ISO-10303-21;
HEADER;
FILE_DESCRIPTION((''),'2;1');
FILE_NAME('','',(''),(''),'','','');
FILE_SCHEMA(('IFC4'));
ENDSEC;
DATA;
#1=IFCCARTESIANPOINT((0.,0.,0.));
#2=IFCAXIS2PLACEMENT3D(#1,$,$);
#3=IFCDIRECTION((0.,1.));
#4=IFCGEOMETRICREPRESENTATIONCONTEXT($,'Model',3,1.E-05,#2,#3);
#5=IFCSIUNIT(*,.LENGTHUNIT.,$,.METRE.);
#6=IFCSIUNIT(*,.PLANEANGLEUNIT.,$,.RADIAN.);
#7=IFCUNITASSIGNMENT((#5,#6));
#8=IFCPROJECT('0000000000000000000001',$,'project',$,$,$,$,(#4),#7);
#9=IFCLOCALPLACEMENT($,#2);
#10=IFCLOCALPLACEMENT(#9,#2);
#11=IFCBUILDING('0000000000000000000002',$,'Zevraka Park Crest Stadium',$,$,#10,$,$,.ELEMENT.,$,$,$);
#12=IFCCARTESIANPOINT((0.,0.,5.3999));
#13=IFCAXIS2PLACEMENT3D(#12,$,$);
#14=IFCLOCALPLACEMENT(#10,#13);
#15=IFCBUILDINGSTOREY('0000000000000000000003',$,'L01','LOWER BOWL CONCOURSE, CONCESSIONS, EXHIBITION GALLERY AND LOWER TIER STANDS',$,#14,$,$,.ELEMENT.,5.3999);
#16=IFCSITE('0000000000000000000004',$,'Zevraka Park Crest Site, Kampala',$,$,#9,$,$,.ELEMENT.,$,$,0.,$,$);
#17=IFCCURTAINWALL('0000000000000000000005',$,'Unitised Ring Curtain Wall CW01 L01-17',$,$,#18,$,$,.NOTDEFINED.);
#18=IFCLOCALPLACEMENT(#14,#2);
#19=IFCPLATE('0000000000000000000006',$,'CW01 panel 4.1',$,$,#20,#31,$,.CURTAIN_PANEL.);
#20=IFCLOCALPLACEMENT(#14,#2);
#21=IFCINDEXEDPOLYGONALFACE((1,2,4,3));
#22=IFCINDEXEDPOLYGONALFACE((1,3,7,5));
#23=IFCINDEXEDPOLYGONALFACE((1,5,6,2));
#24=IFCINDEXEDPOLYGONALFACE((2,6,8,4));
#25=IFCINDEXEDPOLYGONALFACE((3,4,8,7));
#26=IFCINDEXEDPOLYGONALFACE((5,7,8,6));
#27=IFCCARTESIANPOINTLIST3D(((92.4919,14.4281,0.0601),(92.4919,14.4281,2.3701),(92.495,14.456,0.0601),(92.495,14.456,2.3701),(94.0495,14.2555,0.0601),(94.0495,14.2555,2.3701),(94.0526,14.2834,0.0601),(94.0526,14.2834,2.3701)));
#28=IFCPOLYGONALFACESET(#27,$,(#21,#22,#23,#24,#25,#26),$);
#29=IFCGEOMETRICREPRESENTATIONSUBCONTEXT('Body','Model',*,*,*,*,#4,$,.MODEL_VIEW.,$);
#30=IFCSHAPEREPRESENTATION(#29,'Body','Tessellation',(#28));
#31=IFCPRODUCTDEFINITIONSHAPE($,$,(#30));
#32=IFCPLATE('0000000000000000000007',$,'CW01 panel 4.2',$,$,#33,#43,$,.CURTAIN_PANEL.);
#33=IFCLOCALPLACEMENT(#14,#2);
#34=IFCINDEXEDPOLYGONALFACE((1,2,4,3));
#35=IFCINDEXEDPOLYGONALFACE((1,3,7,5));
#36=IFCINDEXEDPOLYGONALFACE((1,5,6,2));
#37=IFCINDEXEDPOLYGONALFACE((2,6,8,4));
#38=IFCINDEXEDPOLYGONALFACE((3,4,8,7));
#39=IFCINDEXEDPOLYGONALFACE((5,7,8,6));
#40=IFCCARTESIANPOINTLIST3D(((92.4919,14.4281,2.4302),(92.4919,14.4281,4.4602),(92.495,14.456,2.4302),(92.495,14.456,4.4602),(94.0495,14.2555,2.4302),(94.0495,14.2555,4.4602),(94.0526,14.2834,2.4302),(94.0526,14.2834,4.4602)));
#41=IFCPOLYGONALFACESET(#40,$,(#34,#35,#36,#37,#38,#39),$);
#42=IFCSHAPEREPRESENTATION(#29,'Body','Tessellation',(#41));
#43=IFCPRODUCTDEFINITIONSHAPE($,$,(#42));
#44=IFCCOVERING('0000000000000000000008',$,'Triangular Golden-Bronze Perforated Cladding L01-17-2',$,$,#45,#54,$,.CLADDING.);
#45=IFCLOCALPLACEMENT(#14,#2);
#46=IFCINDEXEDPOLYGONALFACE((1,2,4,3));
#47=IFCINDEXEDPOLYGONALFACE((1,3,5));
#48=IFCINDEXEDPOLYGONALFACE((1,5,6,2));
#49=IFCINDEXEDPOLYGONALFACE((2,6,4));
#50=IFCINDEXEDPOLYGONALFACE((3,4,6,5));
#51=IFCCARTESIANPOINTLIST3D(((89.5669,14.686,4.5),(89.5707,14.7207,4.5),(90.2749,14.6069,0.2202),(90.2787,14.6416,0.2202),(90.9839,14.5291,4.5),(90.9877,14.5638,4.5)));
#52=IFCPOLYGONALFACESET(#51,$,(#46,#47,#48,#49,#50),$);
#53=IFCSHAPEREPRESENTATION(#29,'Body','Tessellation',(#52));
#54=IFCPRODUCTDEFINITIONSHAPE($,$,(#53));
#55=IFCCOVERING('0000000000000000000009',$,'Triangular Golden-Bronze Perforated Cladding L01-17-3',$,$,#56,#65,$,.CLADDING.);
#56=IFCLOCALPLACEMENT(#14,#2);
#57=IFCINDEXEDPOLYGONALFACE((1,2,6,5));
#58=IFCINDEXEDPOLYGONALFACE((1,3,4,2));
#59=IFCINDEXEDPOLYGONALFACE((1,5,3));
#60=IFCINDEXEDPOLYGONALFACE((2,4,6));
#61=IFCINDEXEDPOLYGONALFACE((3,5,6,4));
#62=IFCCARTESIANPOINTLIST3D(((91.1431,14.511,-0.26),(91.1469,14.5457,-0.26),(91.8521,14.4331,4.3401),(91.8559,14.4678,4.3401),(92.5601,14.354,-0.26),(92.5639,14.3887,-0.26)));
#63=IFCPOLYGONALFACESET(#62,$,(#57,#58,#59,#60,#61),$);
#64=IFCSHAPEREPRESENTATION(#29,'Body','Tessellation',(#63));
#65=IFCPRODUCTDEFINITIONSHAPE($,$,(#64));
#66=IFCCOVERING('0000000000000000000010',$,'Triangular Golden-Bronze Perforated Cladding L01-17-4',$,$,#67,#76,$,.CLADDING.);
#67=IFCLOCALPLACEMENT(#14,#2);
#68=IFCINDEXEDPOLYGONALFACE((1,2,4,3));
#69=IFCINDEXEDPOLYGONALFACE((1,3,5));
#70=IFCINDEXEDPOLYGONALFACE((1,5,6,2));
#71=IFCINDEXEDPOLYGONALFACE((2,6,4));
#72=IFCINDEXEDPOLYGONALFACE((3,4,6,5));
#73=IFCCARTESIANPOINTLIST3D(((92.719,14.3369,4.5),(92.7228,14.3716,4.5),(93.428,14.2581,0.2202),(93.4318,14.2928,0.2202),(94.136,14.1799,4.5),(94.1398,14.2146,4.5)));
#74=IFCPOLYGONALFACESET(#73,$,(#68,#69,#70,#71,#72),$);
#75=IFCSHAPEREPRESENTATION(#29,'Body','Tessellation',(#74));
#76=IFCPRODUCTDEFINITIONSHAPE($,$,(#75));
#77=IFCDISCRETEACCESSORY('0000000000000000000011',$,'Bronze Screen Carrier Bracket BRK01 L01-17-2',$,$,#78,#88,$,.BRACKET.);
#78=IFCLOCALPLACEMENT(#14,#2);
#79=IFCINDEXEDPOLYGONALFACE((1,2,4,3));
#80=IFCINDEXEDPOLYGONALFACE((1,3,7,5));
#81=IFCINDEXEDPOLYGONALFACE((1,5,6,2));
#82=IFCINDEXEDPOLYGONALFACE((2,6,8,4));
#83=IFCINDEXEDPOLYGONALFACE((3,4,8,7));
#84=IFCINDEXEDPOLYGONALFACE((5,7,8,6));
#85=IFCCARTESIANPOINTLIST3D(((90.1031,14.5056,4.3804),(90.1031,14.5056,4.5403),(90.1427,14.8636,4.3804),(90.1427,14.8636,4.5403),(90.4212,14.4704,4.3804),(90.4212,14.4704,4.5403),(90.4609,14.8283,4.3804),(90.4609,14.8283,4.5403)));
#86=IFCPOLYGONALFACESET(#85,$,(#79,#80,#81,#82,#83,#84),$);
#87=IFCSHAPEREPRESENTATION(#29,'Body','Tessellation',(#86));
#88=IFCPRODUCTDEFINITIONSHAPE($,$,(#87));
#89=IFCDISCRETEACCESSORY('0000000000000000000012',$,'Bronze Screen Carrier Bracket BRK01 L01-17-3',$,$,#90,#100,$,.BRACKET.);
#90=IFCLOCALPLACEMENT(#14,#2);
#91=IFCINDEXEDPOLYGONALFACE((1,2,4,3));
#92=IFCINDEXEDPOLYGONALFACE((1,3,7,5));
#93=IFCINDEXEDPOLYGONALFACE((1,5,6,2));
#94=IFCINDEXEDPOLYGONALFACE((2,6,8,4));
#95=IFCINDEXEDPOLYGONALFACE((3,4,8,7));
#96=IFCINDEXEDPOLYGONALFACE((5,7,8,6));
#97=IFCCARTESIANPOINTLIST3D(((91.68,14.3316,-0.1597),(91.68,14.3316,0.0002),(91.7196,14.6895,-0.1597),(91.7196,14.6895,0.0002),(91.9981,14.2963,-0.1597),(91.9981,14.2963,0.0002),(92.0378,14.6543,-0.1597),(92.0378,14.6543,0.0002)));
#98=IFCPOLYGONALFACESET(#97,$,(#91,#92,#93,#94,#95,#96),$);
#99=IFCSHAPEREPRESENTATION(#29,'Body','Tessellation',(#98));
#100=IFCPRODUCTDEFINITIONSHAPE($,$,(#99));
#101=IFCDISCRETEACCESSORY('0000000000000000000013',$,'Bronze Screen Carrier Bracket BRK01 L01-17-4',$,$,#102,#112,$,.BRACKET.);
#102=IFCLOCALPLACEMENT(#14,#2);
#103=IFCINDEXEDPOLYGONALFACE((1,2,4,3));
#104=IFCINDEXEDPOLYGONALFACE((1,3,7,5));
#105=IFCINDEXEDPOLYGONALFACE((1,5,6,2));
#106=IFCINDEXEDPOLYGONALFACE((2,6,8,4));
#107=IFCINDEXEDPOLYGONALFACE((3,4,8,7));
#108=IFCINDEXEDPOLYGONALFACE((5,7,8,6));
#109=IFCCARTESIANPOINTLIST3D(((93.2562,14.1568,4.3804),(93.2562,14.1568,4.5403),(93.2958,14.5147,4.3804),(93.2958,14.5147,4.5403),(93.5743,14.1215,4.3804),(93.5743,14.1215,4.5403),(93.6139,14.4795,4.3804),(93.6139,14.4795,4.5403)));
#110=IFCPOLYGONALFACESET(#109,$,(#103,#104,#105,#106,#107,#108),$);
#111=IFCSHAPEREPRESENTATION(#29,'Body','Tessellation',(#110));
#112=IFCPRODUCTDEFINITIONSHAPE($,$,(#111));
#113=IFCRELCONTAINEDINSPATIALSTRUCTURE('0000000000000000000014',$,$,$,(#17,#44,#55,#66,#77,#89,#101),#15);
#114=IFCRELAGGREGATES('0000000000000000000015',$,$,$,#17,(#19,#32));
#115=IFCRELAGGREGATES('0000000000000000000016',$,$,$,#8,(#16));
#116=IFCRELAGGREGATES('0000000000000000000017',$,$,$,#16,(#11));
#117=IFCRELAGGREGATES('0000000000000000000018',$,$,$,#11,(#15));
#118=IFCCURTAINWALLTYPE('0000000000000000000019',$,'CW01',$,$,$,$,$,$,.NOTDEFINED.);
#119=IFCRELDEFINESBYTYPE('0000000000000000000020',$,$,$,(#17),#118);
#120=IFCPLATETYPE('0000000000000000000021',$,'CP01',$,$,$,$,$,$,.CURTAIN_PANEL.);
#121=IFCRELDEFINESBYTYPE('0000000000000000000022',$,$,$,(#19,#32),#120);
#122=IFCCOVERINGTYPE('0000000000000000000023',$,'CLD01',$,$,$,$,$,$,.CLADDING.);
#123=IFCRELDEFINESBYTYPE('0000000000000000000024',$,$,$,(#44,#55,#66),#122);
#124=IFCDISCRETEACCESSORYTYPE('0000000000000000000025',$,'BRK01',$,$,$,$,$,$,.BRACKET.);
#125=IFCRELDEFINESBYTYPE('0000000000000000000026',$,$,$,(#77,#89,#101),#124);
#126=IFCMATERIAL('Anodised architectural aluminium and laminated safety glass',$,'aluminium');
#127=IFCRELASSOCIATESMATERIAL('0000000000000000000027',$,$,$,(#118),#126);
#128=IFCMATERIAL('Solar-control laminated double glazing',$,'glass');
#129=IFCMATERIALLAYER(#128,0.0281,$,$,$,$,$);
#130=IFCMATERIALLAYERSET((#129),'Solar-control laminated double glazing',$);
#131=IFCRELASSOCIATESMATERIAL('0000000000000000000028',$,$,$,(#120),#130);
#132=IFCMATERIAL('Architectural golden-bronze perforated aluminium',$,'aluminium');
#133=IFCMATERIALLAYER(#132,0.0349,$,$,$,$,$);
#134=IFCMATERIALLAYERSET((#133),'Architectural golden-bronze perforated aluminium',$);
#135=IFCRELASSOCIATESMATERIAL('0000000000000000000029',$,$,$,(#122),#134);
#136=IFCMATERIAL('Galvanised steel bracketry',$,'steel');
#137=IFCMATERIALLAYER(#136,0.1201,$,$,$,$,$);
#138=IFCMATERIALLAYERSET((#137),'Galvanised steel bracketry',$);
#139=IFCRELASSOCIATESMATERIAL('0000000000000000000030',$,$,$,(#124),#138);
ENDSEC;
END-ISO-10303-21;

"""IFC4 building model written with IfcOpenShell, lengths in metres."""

from ifc_helpers import new_model, si_unit, direction, frame, origin, origin_2d, place, context, subcontext, project, spatial, polyline, rectangle, outline, extrude, material, layer, layer_set, type_object, element, aggregate, save


model = new_model("IFC4")

# Units and contexts
model_context = context("Model", 3, precision=1e-05, world=origin(), true_north=direction((0.0, 1.0)))
body_context = subcontext(model_context, "Body", "Model", "MODEL_VIEW")
ifc_project = project(units=[si_unit("LENGTHUNIT", "METRE"), si_unit("PLANEANGLEUNIT", "RADIAN")], contexts=[model_context])

# Site, building, storey
site_placement = place(None, origin())
site = spatial("IfcSite", under=ifc_project, at=site_placement, Name="Zevraka Park Crest Site, Kampala", CompositionType="ELEMENT", RefElevation=0.0)
building_placement = place(site_placement, origin())
building = spatial("IfcBuilding", under=site, at=building_placement, Name="Zevraka Park Crest Stadium", CompositionType="ELEMENT")
storey_placement = place(building_placement, frame((0.0, 0.0, 5.3999)))
storey = spatial("IfcBuildingStorey", under=building, at=storey_placement, Name="L01", Description="LOWER BOWL CONCOURSE, CONCESSIONS, EXHIBITION GALLERY AND LOWER TIER STANDS", CompositionType="ELEMENT", Elevation=5.3999)

# Curtain wall, plates
ifc_material_1 = material(Name="Anodised architectural aluminium and laminated safety glass", Category="aluminium")
curtain_wall_type = type_object("IfcCurtainWallType", Name="CW01", PredefinedType="NOTDEFINED", material=ifc_material_1)
curtain_wall_placement = place(storey_placement, origin())
curtain_wall = element("IfcCurtainWall", 1, at=curtain_wall_placement, inside=storey, type_object=curtain_wall_type, Name="Unitised Ring Curtain Wall CW01 L01-17", PredefinedType="NOTDEFINED")
ifc_material_2 = material(Name="Solar-control laminated double glazing", Category="glass")
ifc_layer_1 = layer(ifc_material_2, 0.0281)
ifc_layer_set_1 = layer_set([ifc_layer_1], Name="Solar-control laminated double glazing")
plate_type = type_object("IfcPlateType", Name="CP01", PredefinedType="CURTAIN_PANEL", material=ifc_layer_set_1)
plate_1_placement = place(storey_placement, frame((93.2722, 14.3557, 0.0601), z_axis=(0.0, 0.0, 1.0), x_axis=(0.993917, -0.110135, 0.0)))
plate_1 = element("IfcPlate", 2, at=plate_1_placement, type_object=plate_type, Name="CW01 panel 4.1", PredefinedType="CURTAIN_PANEL", context=body_context, shape_type="SweptSolid", body=[
    extrude(rectangle(XDim=1.5671, YDim=0.0281, at=origin_2d()), origin(), (0.0, 0.0, 1.0), 2.3101),
])
plate_2_placement = place(storey_placement, frame((93.2722, 14.3557, 2.4302), z_axis=(0.0, 0.0, 1.0), x_axis=(0.993917, -0.110135, 0.0)))
plate_2 = element("IfcPlate", 3, at=plate_2_placement, type_object=plate_type, Name="CW01 panel 4.2", PredefinedType="CURTAIN_PANEL", context=body_context, shape_type="SweptSolid", body=[
    extrude(rectangle(XDim=1.5671, YDim=0.0281, at=origin_2d()), origin(), (0.0, 0.0, 1.0), 2.03),
])
aggregate(curtain_wall, [plate_1, plate_2])

# Coverings
ifc_material_3 = material(Name="Architectural golden-bronze perforated aluminium", Category="aluminium")
ifc_layer_2 = layer(ifc_material_3, 0.0349)
ifc_layer_set_2 = layer_set([ifc_layer_2], Name="Architectural golden-bronze perforated aluminium")
covering_type = type_object("IfcCoveringType", Name="CLD01", PredefinedType="CLADDING", material=ifc_layer_set_2)
covering_1_placement = place(storey_placement, frame((90.9839, 14.5291, 4.5), z_axis=(-0.110112, -0.993919, 0.000154), x_axis=(-0.993919, 0.110112, 0.0)))
element("IfcCovering", 4, at=covering_1_placement, inside=storey, type_object=covering_type, Name="Triangular Golden-Bronze Perforated Cladding L01-17-2", PredefinedType="CLADDING", context=body_context, shape_type="SweptSolid", body=[
    extrude(outline(polyline([(0.0, 0.0), (1.4257, 0.0), (0.7132, 4.2798), (0.0, 0.0)])), origin(), (0.0, 0.0, -1.0), 0.0349),
])
covering_2_placement = place(storey_placement, frame((91.1431, 14.511, -0.26), z_axis=(-0.110112, -0.993919, 0.000144), x_axis=(0.993919, -0.110112, 0.0)))
element("IfcCovering", 5, at=covering_2_placement, inside=storey, type_object=covering_type, Name="Triangular Golden-Bronze Perforated Cladding L01-17-3", PredefinedType="CLADDING", context=body_context, shape_type="SweptSolid", body=[
    extrude(outline(polyline([(0.0, 0.0), (1.4257, 0.0), (0.7132, 4.6001), (0.0, 0.0)])), origin(), (0.0, 0.0, -1.0), 0.0349),
])
covering_3_placement = place(storey_placement, frame((94.136, 14.1799, 4.5), z_axis=(-0.110112, -0.993919, 0.000072), x_axis=(-0.993919, 0.110112, 0.0)))
element("IfcCovering", 6, at=covering_3_placement, inside=storey, type_object=covering_type, Name="Triangular Golden-Bronze Perforated Cladding L01-17-4", PredefinedType="CLADDING", context=body_context, shape_type="SweptSolid", body=[
    extrude(outline(polyline([(0.0, 0.0), (1.4257, 0.0), (0.7123, 4.2798), (0.0, 0.0)])), origin(), (0.0, 0.0, -1.0), 0.0349),
])

# Discrete accessories
ifc_material_4 = material(Name="Galvanised steel bracketry", Category="steel")
ifc_layer_3 = layer(ifc_material_4, 0.1201)
ifc_layer_set_3 = layer_set([ifc_layer_3], Name="Galvanised steel bracketry")
discrete_accessory_type = type_object("IfcDiscreteAccessoryType", Name="BRK01", PredefinedType="BRACKET", material=ifc_layer_set_3)
for number, where, z_axis, x_axis, name in (
    (7, (90.282, 14.667, 4.3804), (0.0, 0.0, 1.0), (0.993923, -0.110081, 0.0), "Bronze Screen Carrier Bracket BRK01 L01-17-2"),
    (8, (91.8589, 14.4929, -0.1597), (0.0, 0.0, 1.0), (0.993923, -0.110081, 0.0), "Bronze Screen Carrier Bracket BRK01 L01-17-3"),
    (9, (93.4351, 14.3181, 4.3804), (0.0, 0.0, 1.0), (0.993923, -0.110081, 0.0), "Bronze Screen Carrier Bracket BRK01 L01-17-4"),
):
    element("IfcDiscreteAccessory", number, at=place(storey_placement, frame(where, z_axis=z_axis, x_axis=x_axis)), inside=storey, type_object=discrete_accessory_type, Name=name, PredefinedType="BRACKET", context=body_context, shape_type="SweptSolid", body=[
        extrude(rectangle(XDim=0.3201, YDim=0.3601, at=origin_2d()), origin(), (0.0, 0.0, 1.0), 0.1599),
    ])

save(model, "model.ifc")
